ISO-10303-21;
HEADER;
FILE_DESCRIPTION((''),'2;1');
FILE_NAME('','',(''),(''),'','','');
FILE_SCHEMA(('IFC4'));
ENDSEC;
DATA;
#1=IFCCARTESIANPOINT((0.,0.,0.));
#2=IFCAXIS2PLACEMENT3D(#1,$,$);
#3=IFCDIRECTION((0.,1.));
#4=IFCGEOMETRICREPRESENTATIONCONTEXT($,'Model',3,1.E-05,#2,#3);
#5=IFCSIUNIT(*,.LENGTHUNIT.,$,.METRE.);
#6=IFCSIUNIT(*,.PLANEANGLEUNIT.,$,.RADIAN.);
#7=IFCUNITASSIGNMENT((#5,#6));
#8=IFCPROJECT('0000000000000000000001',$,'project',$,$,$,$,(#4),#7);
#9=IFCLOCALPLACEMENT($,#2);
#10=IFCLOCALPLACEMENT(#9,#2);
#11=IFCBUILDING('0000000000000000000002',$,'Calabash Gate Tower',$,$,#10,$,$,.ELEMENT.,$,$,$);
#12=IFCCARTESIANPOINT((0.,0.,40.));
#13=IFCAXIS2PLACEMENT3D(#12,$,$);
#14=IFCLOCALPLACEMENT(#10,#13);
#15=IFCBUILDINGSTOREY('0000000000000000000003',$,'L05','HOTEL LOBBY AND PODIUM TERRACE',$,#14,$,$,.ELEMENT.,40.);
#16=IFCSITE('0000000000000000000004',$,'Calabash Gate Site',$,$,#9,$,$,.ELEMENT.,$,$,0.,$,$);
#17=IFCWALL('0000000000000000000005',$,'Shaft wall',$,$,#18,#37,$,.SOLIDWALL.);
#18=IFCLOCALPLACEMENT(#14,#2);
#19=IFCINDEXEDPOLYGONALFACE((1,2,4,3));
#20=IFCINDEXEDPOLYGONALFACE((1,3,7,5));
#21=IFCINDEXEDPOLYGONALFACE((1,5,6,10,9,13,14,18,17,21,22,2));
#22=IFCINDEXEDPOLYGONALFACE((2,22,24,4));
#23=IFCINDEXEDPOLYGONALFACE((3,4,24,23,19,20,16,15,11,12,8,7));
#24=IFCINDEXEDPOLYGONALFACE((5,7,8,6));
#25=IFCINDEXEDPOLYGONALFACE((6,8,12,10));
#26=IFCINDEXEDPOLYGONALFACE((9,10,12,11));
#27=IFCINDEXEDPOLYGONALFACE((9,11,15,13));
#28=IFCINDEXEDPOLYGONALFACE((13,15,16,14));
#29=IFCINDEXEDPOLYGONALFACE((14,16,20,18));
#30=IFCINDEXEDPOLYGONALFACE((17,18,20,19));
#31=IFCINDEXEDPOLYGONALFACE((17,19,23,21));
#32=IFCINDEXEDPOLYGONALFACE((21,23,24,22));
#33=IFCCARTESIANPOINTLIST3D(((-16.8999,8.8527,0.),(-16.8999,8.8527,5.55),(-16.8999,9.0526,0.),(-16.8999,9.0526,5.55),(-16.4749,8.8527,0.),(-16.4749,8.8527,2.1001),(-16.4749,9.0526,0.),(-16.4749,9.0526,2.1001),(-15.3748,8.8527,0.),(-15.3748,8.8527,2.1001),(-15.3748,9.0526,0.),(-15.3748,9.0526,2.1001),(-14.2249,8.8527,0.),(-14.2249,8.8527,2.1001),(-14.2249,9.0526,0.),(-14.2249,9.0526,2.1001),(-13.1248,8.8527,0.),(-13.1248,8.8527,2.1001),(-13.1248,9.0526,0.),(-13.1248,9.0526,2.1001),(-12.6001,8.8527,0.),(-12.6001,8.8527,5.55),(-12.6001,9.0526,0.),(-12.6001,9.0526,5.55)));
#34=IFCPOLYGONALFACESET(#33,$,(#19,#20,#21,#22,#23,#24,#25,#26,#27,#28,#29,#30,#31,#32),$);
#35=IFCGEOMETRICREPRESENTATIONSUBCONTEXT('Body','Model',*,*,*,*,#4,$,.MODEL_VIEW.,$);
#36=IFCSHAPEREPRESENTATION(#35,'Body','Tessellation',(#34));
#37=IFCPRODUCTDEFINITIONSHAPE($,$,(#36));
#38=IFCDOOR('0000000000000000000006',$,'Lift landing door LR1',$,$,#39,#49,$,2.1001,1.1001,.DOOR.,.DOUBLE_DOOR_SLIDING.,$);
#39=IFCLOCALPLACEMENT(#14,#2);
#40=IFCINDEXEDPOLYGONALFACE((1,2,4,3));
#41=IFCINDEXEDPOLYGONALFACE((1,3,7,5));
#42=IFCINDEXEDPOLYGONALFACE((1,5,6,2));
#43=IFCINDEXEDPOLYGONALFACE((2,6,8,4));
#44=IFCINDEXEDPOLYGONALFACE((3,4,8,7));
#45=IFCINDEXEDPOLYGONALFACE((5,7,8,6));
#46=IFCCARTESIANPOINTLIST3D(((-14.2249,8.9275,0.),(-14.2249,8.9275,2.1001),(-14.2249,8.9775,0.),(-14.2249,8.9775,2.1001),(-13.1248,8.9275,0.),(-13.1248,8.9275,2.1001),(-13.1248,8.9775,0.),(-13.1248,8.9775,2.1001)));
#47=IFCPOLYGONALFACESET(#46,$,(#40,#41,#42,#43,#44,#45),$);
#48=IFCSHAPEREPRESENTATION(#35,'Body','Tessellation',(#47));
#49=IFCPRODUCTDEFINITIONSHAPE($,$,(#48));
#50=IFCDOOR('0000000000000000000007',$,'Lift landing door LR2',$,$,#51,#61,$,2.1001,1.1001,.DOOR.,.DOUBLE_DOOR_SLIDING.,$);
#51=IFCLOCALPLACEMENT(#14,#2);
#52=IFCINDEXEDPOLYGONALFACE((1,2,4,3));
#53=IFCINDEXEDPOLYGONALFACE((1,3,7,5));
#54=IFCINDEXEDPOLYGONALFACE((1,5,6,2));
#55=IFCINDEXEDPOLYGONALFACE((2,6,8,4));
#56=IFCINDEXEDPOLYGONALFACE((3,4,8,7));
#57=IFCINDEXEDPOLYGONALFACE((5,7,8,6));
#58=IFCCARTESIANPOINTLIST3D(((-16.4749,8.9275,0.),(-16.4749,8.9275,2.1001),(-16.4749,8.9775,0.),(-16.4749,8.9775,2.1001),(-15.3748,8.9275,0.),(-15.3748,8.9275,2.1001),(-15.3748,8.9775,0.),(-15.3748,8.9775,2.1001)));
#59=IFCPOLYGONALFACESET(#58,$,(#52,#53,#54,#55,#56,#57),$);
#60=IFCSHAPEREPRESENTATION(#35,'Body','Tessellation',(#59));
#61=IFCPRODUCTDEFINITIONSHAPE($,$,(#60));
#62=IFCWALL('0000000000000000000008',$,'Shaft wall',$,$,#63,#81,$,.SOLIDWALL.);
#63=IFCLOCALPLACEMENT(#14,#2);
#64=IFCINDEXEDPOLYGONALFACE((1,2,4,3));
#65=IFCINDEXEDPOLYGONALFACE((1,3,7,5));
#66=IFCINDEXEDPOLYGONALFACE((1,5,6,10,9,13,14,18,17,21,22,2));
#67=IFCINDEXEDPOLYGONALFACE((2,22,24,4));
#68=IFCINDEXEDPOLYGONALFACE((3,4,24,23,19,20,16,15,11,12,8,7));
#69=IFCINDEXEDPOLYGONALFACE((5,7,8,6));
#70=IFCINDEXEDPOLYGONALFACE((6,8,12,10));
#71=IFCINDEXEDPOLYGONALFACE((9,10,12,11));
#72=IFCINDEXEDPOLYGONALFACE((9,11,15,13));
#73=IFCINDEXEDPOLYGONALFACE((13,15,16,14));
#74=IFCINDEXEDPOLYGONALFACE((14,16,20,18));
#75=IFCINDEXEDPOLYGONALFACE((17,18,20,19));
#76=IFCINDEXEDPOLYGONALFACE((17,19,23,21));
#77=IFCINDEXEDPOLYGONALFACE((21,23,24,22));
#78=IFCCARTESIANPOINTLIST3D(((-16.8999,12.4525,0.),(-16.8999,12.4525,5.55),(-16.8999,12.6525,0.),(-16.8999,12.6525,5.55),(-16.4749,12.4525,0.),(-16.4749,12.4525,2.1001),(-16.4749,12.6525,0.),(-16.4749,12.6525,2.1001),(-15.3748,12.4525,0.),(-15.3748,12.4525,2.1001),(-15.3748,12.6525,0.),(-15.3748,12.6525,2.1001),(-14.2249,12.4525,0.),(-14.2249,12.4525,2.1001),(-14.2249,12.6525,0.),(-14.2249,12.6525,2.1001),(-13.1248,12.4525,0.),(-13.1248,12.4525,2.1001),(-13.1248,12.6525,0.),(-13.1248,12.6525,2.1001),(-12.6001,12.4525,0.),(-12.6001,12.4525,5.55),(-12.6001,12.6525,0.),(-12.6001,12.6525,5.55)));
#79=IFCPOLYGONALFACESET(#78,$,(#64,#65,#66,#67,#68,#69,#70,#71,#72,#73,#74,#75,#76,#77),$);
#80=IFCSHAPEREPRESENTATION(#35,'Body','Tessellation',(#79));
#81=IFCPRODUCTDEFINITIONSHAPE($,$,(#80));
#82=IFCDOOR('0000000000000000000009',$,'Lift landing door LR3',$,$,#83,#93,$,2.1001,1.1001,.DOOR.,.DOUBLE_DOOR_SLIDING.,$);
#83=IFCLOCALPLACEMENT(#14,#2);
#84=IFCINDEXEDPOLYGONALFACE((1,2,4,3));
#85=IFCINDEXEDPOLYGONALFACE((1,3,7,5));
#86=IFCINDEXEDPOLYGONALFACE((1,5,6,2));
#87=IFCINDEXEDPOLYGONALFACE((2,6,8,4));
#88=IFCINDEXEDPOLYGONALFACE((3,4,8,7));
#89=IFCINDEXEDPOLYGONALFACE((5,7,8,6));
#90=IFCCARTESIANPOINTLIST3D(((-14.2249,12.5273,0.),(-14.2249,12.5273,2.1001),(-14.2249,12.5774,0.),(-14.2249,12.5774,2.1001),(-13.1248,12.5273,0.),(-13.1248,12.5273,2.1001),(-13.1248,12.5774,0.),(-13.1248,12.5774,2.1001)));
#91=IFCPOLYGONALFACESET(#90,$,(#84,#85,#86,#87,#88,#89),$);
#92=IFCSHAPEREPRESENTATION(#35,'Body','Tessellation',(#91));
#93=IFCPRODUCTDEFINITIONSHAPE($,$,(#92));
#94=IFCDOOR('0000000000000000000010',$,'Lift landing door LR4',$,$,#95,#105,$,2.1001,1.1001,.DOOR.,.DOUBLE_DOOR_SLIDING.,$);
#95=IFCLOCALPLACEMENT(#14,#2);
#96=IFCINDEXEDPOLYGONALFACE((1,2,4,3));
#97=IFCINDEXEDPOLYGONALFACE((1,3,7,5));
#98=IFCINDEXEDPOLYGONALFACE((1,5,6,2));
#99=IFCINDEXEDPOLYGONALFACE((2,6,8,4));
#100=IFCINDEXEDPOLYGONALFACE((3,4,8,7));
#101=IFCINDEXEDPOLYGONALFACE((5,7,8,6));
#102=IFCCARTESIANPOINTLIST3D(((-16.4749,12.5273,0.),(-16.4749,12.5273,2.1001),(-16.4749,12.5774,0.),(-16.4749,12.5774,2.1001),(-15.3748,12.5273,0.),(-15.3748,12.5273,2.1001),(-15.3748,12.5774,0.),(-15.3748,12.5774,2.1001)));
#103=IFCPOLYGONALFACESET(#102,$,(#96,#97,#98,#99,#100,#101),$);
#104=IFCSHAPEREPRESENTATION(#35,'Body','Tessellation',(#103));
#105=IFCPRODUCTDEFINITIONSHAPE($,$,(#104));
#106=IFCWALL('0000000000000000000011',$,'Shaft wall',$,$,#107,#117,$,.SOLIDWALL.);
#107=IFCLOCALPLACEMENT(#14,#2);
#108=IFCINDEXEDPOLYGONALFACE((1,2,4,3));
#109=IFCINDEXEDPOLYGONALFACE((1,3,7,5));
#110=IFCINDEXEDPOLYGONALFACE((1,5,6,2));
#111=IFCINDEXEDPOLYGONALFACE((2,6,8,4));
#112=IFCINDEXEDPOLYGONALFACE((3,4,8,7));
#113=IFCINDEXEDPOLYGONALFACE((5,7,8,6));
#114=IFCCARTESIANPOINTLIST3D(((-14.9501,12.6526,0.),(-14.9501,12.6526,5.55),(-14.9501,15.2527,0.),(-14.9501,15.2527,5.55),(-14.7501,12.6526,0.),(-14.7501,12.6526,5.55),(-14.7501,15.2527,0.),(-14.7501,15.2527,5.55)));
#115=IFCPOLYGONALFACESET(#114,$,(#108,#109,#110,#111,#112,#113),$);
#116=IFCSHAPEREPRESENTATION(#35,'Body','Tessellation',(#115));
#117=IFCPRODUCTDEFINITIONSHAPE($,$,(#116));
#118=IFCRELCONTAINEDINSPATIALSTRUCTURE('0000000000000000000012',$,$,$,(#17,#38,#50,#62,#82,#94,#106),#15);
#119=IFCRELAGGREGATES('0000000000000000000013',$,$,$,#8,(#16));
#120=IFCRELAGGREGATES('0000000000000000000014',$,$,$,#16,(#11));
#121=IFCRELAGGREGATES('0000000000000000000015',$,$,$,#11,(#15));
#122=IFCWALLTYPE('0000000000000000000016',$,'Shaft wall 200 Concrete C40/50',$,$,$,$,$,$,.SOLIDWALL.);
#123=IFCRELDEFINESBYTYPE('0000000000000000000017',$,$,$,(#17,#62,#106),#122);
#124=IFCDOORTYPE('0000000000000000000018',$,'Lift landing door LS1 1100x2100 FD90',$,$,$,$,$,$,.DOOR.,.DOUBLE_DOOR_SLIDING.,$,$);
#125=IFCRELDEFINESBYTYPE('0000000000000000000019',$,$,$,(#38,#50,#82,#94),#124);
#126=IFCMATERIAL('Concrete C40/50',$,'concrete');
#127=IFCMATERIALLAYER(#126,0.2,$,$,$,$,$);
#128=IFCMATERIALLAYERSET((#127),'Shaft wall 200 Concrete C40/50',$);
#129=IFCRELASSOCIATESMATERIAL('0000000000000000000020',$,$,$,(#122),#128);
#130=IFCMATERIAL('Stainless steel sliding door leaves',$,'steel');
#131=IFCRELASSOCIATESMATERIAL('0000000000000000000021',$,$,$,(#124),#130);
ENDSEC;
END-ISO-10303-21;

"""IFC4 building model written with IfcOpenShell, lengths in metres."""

from ifc_helpers import new_model, si_unit, direction, frame, frame_2d, origin, place, context, subcontext, project, spatial, rectangle, extrude, material, layer, layer_set, type_object, element, fill, save


model = new_model("IFC4")

# Units and contexts
model_context = context("Model", 3, precision=1e-05, world=origin(), true_north=direction((0.0, 1.0)))
body_context = subcontext(model_context, "Body", "Model", "MODEL_VIEW")
ifc_project = project(units=[si_unit("LENGTHUNIT", "METRE"), si_unit("PLANEANGLEUNIT", "RADIAN")], contexts=[model_context])

# Site, building, storey
site_placement = place(None, origin())
site = spatial("IfcSite", under=ifc_project, at=site_placement, Name="Calabash Gate Site", CompositionType="ELEMENT", RefElevation=0.0)
building_placement = place(site_placement, origin())
building = spatial("IfcBuilding", under=site, at=building_placement, Name="Calabash Gate Tower", CompositionType="ELEMENT")
storey_placement = place(building_placement, frame((0.0, 0.0, 40.0)))
storey = spatial("IfcBuildingStorey", under=building, at=storey_placement, Name="L05", Description="HOTEL LOBBY AND PODIUM TERRACE", CompositionType="ELEMENT", Elevation=40.0)

# Shared definitions
ifc_material_1 = material(Name="Concrete C40/50", Category="concrete")
ifc_layer_1 = layer(ifc_material_1, 0.2)
ifc_layer_set_1 = layer_set([ifc_layer_1], Name="Shaft wall 200 Concrete C40/50")
wall_type_1 = type_object("IfcWallType", Name="Shaft wall 200 Concrete C40/50", PredefinedType="SOLIDWALL", material=ifc_layer_set_1)

# Walls, openings, doors
wall_1_placement = place(storey_placement, frame((-16.8999, 8.9526, 0.0), z_axis=(0.0, 0.0, 1.0), x_axis=(1.0, 0.0, 0.0)))
wall_1 = element("IfcWall", 1, at=wall_1_placement, inside=storey, type_object=wall_type_1, Name="Shaft wall", PredefinedType="SOLIDWALL", context=body_context, shape_type="SweptSolid", body=[
    extrude(rectangle(XDim=4.2998, YDim=0.2, at=frame_2d((2.1499, 0.0))), origin(), (0.0, 0.0, 1.0), 5.55),
])
opening_1_placement = place(wall_1_placement, frame((2.675, 0.0, 0.0)))
opening_1 = element("IfcOpeningElement", 2, at=opening_1_placement, cuts=wall_1, PredefinedType="OPENING", context=body_context, shape_type="SweptSolid", body=[
    extrude(rectangle(XDim=1.1001, YDim=2.1001, at=frame_2d((0.55, 1.05))), frame((0.0, 0.1099, 0.0), z_axis=(0.0, -1.0, 0.0), x_axis=(1.0, 0.0, 0.0)), (0.0, 0.0, 1.0), 0.22),
])
opening_2_placement = place(wall_1_placement, frame((0.425, 0.0, 0.0)))
opening_2 = element("IfcOpeningElement", 3, at=opening_2_placement, cuts=wall_1, PredefinedType="OPENING", context=body_context, shape_type="SweptSolid", body=[
    extrude(rectangle(XDim=1.1001, YDim=2.1001, at=frame_2d((0.55, 1.05))), frame((0.0, 0.1099, 0.0), z_axis=(0.0, -1.0, 0.0), x_axis=(1.0, 0.0, 0.0)), (0.0, 0.0, 1.0), 0.22),
])
ifc_material_2 = material(Name="Stainless steel sliding door leaves", Category="steel")
door_type_1 = type_object("IfcDoorType", Name="Lift landing door LS1 1100x2100 FD90", OperationType="DOUBLE_DOOR_SLIDING", PredefinedType="DOOR", material=ifc_material_2)
door_1_placement = place(opening_1_placement, origin())
door_1 = element("IfcDoor", 4, at=door_1_placement, inside=storey, type_object=door_type_1, Name="Lift landing door LR1", OperationType="DOUBLE_DOOR_SLIDING", OverallHeight=2.1001, OverallWidth=1.1001, PredefinedType="DOOR", context=body_context, shape_type="SweptSolid", body=[
    extrude(rectangle(XDim=1.1001, YDim=2.1001, at=frame_2d((0.55, 1.05))), frame((0.0, 0.0249, 0.0), z_axis=(0.0, -1.0, 0.0), x_axis=(1.0, 0.0, 0.0)), (0.0, 0.0, 1.0), 0.05),
])
fill(opening_1, door_1)
door_2_placement = place(opening_2_placement, origin())
door_2 = element("IfcDoor", 5, at=door_2_placement, inside=storey, type_object=door_type_1, Name="Lift landing door LR2", OperationType="DOUBLE_DOOR_SLIDING", OverallHeight=2.1001, OverallWidth=1.1001, PredefinedType="DOOR", context=body_context, shape_type="SweptSolid", body=[
    extrude(rectangle(XDim=1.1001, YDim=2.1001, at=frame_2d((0.55, 1.05))), frame((0.0, 0.0249, 0.0), z_axis=(0.0, -1.0, 0.0), x_axis=(1.0, 0.0, 0.0)), (0.0, 0.0, 1.0), 0.05),
])
fill(opening_2, door_2)
wall_2_placement = place(storey_placement, frame((-16.8999, 12.5525, 0.0), z_axis=(0.0, 0.0, 1.0), x_axis=(1.0, 0.0, 0.0)))
wall_2 = element("IfcWall", 6, at=wall_2_placement, inside=storey, type_object=wall_type_1, Name="Shaft wall", PredefinedType="SOLIDWALL", context=body_context, shape_type="SweptSolid", body=[
    extrude(rectangle(XDim=4.2998, YDim=0.2, at=frame_2d((2.1499, 0.0))), origin(), (0.0, 0.0, 1.0), 5.55),
])
opening_3_placement = place(wall_2_placement, frame((2.675, 0.0, 0.0)))
opening_3 = element("IfcOpeningElement", 7, at=opening_3_placement, cuts=wall_2, PredefinedType="OPENING", context=body_context, shape_type="SweptSolid", body=[
    extrude(rectangle(XDim=1.1001, YDim=2.1001, at=frame_2d((0.55, 1.05))), frame((0.0, 0.1099, 0.0), z_axis=(0.0, -1.0, 0.0), x_axis=(1.0, 0.0, 0.0)), (0.0, 0.0, 1.0), 0.22),
])
opening_4_placement = place(wall_2_placement, frame((0.425, 0.0, 0.0)))
opening_4 = element("IfcOpeningElement", 8, at=opening_4_placement, cuts=wall_2, PredefinedType="OPENING", context=body_context, shape_type="SweptSolid", body=[
    extrude(rectangle(XDim=1.1001, YDim=2.1001, at=frame_2d((0.55, 1.05))), frame((0.0, 0.1099, 0.0), z_axis=(0.0, -1.0, 0.0), x_axis=(1.0, 0.0, 0.0)), (0.0, 0.0, 1.0), 0.22),
])
door_3_placement = place(opening_3_placement, origin())
door_3 = element("IfcDoor", 9, at=door_3_placement, inside=storey, type_object=door_type_1, Name="Lift landing door LR3", OperationType="DOUBLE_DOOR_SLIDING", OverallHeight=2.1001, OverallWidth=1.1001, PredefinedType="DOOR", context=body_context, shape_type="SweptSolid", body=[
    extrude(rectangle(XDim=1.1001, YDim=2.1001, at=frame_2d((0.55, 1.05))), frame((0.0, 0.0249, 0.0), z_axis=(0.0, -1.0, 0.0), x_axis=(1.0, 0.0, 0.0)), (0.0, 0.0, 1.0), 0.05),
])
fill(opening_3, door_3)
door_4_placement = place(opening_4_placement, origin())
door_4 = element("IfcDoor", 10, at=door_4_placement, inside=storey, type_object=door_type_1, Name="Lift landing door LR4", OperationType="DOUBLE_DOOR_SLIDING", OverallHeight=2.1001, OverallWidth=1.1001, PredefinedType="DOOR", context=body_context, shape_type="SweptSolid", body=[
    extrude(rectangle(XDim=1.1001, YDim=2.1001, at=frame_2d((0.55, 1.05))), frame((0.0, 0.0249, 0.0), z_axis=(0.0, -1.0, 0.0), x_axis=(1.0, 0.0, 0.0)), (0.0, 0.0, 1.0), 0.05),
])
fill(opening_4, door_4)

# Wall
wall_3_placement = place(storey_placement, frame((-14.8501, 12.6526, 0.0), z_axis=(0.0, 0.0, 1.0), x_axis=(0.0, 1.0, 0.0)))
element("IfcWall", 11, at=wall_3_placement, inside=storey, type_object=wall_type_1, Name="Shaft wall", PredefinedType="SOLIDWALL", context=body_context, shape_type="SweptSolid", body=[
    extrude(rectangle(XDim=2.6001, YDim=0.2, at=frame_2d((1.3, 0.0))), origin(), (0.0, 0.0, 1.0), 5.55),
])

save(model, "model.ifc")
